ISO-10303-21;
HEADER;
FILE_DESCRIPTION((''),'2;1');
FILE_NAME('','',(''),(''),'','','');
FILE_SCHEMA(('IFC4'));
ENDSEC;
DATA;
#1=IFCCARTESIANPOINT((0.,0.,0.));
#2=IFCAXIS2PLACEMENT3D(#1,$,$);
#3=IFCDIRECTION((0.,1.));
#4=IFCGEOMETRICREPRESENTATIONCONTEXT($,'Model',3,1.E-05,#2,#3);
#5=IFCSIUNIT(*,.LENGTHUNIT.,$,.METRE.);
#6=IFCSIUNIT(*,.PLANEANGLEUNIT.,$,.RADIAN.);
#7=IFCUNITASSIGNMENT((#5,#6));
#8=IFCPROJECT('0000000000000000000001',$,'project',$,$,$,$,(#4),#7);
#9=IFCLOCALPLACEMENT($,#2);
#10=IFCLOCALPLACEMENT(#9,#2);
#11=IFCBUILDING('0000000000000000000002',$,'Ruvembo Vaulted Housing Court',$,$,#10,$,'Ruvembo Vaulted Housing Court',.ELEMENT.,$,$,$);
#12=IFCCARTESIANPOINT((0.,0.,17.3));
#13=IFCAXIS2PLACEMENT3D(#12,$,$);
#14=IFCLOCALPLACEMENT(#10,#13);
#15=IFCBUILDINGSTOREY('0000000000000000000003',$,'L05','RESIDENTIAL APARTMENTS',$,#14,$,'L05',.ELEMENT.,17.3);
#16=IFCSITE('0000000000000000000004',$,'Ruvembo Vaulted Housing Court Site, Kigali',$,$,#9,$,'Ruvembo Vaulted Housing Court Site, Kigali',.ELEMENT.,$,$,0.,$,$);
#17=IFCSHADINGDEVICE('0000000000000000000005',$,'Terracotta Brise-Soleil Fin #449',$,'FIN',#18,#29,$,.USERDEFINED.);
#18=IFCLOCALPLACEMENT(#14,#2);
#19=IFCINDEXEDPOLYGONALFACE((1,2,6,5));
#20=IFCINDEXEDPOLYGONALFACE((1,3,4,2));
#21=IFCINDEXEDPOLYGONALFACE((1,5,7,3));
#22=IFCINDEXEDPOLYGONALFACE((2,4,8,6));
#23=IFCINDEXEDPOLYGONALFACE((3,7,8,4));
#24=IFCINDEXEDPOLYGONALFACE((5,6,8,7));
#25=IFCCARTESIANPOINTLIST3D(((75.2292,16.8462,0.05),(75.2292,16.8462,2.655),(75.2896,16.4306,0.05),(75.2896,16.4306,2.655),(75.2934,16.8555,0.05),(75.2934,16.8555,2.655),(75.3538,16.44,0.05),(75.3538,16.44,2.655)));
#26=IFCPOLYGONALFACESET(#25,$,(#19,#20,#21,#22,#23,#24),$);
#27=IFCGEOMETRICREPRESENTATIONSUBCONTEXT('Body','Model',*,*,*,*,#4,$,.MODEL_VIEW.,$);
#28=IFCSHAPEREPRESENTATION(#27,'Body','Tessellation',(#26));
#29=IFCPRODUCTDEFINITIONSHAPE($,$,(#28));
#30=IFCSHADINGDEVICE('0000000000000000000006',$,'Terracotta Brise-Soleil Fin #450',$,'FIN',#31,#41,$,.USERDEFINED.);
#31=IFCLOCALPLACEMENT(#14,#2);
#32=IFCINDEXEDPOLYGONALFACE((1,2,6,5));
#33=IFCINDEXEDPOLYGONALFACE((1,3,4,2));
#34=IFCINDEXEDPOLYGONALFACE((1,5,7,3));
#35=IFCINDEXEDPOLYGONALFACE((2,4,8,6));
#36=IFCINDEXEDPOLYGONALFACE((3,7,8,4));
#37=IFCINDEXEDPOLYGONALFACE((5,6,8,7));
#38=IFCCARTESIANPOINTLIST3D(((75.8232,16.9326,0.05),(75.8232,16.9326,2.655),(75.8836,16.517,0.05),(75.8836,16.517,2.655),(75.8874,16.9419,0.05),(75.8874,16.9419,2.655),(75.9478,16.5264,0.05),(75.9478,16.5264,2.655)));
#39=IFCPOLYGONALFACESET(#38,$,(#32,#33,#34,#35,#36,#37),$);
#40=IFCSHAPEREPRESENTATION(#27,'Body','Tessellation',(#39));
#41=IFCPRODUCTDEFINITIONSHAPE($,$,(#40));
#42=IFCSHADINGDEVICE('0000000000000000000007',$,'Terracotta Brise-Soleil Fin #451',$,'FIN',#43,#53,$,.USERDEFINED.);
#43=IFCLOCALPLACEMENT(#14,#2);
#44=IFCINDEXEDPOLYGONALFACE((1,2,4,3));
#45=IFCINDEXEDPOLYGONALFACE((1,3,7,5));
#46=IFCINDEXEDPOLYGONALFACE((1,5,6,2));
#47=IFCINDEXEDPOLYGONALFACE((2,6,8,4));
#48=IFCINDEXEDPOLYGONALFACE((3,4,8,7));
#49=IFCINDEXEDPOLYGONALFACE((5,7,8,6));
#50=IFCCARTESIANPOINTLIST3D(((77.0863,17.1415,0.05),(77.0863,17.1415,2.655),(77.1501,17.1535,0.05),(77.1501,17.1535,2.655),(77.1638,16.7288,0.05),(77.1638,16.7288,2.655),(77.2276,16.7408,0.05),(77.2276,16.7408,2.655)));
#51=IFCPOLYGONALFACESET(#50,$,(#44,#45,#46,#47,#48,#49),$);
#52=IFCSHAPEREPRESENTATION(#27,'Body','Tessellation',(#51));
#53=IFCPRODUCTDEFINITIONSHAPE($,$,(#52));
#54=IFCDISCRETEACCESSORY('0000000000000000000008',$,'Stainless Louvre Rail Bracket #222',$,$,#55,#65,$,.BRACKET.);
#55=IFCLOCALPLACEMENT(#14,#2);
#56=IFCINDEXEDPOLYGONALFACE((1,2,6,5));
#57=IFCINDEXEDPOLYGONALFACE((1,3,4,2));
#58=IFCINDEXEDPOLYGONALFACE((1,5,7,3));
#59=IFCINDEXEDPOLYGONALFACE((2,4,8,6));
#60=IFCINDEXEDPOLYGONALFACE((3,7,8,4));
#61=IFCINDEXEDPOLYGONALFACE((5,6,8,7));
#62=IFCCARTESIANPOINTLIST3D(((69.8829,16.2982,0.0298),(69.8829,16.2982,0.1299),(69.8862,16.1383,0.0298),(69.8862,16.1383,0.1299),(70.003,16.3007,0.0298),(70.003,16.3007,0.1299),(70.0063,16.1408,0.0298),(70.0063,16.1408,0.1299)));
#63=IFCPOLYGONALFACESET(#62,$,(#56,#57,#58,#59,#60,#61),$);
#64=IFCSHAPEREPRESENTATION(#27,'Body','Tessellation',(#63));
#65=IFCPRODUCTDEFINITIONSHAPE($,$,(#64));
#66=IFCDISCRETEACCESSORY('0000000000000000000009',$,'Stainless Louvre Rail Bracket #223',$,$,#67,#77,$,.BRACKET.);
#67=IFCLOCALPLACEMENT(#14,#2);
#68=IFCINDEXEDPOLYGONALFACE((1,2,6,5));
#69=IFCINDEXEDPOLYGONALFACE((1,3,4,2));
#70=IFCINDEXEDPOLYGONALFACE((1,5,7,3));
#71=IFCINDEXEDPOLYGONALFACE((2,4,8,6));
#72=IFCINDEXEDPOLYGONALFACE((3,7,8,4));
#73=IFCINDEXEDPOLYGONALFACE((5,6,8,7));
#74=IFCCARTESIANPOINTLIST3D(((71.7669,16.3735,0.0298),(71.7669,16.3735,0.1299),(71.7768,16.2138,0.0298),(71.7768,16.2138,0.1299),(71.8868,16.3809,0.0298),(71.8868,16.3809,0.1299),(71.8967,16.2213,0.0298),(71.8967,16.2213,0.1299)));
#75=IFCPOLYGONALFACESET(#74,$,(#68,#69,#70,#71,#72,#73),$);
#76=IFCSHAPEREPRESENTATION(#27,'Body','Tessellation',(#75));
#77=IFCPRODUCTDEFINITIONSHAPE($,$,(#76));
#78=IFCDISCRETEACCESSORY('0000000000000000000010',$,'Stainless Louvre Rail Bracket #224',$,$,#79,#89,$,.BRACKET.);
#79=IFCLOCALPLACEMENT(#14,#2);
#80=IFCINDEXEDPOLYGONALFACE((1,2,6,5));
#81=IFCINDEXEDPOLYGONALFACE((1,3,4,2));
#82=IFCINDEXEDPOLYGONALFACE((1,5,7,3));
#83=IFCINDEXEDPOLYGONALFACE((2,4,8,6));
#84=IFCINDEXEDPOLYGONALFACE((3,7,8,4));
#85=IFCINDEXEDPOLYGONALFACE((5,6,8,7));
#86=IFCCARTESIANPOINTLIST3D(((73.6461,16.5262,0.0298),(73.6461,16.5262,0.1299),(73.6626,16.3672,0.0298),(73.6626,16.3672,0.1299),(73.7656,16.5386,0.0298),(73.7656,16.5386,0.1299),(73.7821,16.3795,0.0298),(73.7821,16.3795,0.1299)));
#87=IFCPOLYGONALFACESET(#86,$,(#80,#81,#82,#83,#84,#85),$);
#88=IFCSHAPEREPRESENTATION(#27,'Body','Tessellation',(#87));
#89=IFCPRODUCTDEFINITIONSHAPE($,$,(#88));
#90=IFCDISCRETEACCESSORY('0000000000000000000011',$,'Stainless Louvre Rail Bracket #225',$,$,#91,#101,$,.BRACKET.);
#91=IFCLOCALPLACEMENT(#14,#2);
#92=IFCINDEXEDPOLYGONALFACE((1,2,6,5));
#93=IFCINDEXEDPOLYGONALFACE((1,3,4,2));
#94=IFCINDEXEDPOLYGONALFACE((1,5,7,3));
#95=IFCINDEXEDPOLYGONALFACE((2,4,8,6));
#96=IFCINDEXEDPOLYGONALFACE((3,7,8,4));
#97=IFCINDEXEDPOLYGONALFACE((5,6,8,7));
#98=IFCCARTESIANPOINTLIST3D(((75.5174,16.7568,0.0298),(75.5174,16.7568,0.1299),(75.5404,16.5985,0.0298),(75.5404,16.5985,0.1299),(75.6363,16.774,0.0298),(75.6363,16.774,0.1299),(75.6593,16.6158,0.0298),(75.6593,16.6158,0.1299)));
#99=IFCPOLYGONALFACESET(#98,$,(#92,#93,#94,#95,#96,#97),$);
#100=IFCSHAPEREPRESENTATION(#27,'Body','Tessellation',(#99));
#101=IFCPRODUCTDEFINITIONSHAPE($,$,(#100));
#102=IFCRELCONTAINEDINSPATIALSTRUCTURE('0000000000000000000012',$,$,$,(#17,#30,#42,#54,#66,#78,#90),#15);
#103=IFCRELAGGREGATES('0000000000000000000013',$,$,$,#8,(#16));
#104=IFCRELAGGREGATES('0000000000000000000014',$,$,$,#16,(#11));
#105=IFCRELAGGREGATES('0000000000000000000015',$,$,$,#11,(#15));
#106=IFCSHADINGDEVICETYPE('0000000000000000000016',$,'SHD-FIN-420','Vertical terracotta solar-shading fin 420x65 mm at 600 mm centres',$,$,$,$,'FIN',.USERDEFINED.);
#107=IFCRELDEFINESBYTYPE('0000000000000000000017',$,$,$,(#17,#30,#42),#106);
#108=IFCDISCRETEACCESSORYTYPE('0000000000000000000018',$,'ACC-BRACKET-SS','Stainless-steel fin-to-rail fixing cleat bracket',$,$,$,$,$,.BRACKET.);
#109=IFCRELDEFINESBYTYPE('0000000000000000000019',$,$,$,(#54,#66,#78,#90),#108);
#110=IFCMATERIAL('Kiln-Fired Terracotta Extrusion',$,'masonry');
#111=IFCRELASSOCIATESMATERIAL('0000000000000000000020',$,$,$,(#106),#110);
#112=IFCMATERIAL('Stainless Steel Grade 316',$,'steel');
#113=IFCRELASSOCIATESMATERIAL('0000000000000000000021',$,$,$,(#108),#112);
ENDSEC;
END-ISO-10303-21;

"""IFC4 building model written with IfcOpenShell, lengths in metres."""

from ifc_helpers import new_model, si_unit, direction, frame, origin, origin_2d, place, context, subcontext, project, spatial, rectangle, extrude, material, type_object, element, save


model = new_model("IFC4")

# Units and contexts
model_context = context("Model", 3, precision=1e-05, world=origin(), true_north=direction((0.0, 1.0)))
body_context = subcontext(model_context, "Body", "Model", "MODEL_VIEW")
ifc_project = project(units=[si_unit("LENGTHUNIT", "METRE"), si_unit("PLANEANGLEUNIT", "RADIAN")], contexts=[model_context])

# Site, building, storey
site_placement = place(None, origin())
site = spatial("IfcSite", under=ifc_project, at=site_placement, Name="Ruvembo Vaulted Housing Court Site, Kigali", LongName="Ruvembo Vaulted Housing Court Site, Kigali", CompositionType="ELEMENT", RefElevation=0.0)
building_placement = place(site_placement, origin())
building = spatial("IfcBuilding", under=site, at=building_placement, Name="Ruvembo Vaulted Housing Court", LongName="Ruvembo Vaulted Housing Court", CompositionType="ELEMENT")
storey_placement = place(building_placement, frame((0.0, 0.0, 17.3)))
storey = spatial("IfcBuildingStorey", under=building, at=storey_placement, Name="L05", Description="RESIDENTIAL APARTMENTS", LongName="L05", CompositionType="ELEMENT", Elevation=17.3)

# Shading devices
ifc_material_1 = material(Name="Kiln-Fired Terracotta Extrusion", Category="masonry")
shading_device_type = type_object("IfcShadingDeviceType", Name="SHD-FIN-420", Description="Vertical terracotta solar-shading fin 420x65 mm at 600 mm centres", ElementType="FIN", PredefinedType="USERDEFINED", material=ifc_material_1)
for number, where, z_axis, x_axis, name in (
    (1, (75.2915, 16.6431, 0.05), (0.0, 0.0, 1.0), (0.143873, -0.989596, 0.0), "Terracotta Brise-Soleil Fin #449"),
    (2, (75.8855, 16.7295, 0.05), (0.0, 0.0, 1.0), (0.143873, -0.989596, 0.0), "Terracotta Brise-Soleil Fin #450"),
    (3, (77.157, 16.9412, 0.05), (0.0, 0.0, 1.0), (0.184569, -0.98282, 0.0), "Terracotta Brise-Soleil Fin #451"),
):
    element("IfcShadingDevice", number, at=place(storey_placement, frame(where, z_axis=z_axis, x_axis=x_axis)), inside=storey, type_object=shading_device_type, Name=name, ObjectType="FIN", PredefinedType="USERDEFINED", context=body_context, shape_type="SweptSolid", body=[
        extrude(rectangle(XDim=0.4199, YDim=0.0649, at=origin_2d()), origin(), (0.0, 0.0, 1.0), 2.605),
    ])

# Discrete accessories
ifc_material_2 = material(Name="Stainless Steel Grade 316", Category="steel")
discrete_accessory_type = type_object("IfcDiscreteAccessoryType", Name="ACC-BRACKET-SS", Description="Stainless-steel fin-to-rail fixing cleat bracket", PredefinedType="BRACKET", material=ifc_material_2)
for number, where, z_axis, x_axis, name in (
    (4, (69.9446, 16.2195, 0.0298), (0.0, 0.0, 1.0), (0.020646, -0.999787, 0.0), "Stainless Louvre Rail Bracket #222"),
    (5, (71.8318, 16.2974, 0.0298), (0.0, 0.0, 1.0), (0.061832, -0.998087, 0.0), "Stainless Louvre Rail Bracket #223"),
    (6, (73.7141, 16.4529, 0.0298), (0.0, 0.0, 1.0), (0.102949, -0.994687, 0.0), "Stainless Louvre Rail Bracket #224"),
    (7, (75.5884, 16.6863, 0.0298), (0.0, 0.0, 1.0), (0.143873, -0.989596, 0.0), "Stainless Louvre Rail Bracket #225"),
):
    element("IfcDiscreteAccessory", number, at=place(storey_placement, frame(where, z_axis=z_axis, x_axis=x_axis)), inside=storey, type_object=discrete_accessory_type, Name=name, PredefinedType="BRACKET", context=body_context, shape_type="SweptSolid", body=[
        extrude(rectangle(XDim=0.1599, YDim=0.1201, at=origin_2d()), origin(), (0.0, 0.0, 1.0), 0.1001),
    ])

save(model, "model.ifc")
